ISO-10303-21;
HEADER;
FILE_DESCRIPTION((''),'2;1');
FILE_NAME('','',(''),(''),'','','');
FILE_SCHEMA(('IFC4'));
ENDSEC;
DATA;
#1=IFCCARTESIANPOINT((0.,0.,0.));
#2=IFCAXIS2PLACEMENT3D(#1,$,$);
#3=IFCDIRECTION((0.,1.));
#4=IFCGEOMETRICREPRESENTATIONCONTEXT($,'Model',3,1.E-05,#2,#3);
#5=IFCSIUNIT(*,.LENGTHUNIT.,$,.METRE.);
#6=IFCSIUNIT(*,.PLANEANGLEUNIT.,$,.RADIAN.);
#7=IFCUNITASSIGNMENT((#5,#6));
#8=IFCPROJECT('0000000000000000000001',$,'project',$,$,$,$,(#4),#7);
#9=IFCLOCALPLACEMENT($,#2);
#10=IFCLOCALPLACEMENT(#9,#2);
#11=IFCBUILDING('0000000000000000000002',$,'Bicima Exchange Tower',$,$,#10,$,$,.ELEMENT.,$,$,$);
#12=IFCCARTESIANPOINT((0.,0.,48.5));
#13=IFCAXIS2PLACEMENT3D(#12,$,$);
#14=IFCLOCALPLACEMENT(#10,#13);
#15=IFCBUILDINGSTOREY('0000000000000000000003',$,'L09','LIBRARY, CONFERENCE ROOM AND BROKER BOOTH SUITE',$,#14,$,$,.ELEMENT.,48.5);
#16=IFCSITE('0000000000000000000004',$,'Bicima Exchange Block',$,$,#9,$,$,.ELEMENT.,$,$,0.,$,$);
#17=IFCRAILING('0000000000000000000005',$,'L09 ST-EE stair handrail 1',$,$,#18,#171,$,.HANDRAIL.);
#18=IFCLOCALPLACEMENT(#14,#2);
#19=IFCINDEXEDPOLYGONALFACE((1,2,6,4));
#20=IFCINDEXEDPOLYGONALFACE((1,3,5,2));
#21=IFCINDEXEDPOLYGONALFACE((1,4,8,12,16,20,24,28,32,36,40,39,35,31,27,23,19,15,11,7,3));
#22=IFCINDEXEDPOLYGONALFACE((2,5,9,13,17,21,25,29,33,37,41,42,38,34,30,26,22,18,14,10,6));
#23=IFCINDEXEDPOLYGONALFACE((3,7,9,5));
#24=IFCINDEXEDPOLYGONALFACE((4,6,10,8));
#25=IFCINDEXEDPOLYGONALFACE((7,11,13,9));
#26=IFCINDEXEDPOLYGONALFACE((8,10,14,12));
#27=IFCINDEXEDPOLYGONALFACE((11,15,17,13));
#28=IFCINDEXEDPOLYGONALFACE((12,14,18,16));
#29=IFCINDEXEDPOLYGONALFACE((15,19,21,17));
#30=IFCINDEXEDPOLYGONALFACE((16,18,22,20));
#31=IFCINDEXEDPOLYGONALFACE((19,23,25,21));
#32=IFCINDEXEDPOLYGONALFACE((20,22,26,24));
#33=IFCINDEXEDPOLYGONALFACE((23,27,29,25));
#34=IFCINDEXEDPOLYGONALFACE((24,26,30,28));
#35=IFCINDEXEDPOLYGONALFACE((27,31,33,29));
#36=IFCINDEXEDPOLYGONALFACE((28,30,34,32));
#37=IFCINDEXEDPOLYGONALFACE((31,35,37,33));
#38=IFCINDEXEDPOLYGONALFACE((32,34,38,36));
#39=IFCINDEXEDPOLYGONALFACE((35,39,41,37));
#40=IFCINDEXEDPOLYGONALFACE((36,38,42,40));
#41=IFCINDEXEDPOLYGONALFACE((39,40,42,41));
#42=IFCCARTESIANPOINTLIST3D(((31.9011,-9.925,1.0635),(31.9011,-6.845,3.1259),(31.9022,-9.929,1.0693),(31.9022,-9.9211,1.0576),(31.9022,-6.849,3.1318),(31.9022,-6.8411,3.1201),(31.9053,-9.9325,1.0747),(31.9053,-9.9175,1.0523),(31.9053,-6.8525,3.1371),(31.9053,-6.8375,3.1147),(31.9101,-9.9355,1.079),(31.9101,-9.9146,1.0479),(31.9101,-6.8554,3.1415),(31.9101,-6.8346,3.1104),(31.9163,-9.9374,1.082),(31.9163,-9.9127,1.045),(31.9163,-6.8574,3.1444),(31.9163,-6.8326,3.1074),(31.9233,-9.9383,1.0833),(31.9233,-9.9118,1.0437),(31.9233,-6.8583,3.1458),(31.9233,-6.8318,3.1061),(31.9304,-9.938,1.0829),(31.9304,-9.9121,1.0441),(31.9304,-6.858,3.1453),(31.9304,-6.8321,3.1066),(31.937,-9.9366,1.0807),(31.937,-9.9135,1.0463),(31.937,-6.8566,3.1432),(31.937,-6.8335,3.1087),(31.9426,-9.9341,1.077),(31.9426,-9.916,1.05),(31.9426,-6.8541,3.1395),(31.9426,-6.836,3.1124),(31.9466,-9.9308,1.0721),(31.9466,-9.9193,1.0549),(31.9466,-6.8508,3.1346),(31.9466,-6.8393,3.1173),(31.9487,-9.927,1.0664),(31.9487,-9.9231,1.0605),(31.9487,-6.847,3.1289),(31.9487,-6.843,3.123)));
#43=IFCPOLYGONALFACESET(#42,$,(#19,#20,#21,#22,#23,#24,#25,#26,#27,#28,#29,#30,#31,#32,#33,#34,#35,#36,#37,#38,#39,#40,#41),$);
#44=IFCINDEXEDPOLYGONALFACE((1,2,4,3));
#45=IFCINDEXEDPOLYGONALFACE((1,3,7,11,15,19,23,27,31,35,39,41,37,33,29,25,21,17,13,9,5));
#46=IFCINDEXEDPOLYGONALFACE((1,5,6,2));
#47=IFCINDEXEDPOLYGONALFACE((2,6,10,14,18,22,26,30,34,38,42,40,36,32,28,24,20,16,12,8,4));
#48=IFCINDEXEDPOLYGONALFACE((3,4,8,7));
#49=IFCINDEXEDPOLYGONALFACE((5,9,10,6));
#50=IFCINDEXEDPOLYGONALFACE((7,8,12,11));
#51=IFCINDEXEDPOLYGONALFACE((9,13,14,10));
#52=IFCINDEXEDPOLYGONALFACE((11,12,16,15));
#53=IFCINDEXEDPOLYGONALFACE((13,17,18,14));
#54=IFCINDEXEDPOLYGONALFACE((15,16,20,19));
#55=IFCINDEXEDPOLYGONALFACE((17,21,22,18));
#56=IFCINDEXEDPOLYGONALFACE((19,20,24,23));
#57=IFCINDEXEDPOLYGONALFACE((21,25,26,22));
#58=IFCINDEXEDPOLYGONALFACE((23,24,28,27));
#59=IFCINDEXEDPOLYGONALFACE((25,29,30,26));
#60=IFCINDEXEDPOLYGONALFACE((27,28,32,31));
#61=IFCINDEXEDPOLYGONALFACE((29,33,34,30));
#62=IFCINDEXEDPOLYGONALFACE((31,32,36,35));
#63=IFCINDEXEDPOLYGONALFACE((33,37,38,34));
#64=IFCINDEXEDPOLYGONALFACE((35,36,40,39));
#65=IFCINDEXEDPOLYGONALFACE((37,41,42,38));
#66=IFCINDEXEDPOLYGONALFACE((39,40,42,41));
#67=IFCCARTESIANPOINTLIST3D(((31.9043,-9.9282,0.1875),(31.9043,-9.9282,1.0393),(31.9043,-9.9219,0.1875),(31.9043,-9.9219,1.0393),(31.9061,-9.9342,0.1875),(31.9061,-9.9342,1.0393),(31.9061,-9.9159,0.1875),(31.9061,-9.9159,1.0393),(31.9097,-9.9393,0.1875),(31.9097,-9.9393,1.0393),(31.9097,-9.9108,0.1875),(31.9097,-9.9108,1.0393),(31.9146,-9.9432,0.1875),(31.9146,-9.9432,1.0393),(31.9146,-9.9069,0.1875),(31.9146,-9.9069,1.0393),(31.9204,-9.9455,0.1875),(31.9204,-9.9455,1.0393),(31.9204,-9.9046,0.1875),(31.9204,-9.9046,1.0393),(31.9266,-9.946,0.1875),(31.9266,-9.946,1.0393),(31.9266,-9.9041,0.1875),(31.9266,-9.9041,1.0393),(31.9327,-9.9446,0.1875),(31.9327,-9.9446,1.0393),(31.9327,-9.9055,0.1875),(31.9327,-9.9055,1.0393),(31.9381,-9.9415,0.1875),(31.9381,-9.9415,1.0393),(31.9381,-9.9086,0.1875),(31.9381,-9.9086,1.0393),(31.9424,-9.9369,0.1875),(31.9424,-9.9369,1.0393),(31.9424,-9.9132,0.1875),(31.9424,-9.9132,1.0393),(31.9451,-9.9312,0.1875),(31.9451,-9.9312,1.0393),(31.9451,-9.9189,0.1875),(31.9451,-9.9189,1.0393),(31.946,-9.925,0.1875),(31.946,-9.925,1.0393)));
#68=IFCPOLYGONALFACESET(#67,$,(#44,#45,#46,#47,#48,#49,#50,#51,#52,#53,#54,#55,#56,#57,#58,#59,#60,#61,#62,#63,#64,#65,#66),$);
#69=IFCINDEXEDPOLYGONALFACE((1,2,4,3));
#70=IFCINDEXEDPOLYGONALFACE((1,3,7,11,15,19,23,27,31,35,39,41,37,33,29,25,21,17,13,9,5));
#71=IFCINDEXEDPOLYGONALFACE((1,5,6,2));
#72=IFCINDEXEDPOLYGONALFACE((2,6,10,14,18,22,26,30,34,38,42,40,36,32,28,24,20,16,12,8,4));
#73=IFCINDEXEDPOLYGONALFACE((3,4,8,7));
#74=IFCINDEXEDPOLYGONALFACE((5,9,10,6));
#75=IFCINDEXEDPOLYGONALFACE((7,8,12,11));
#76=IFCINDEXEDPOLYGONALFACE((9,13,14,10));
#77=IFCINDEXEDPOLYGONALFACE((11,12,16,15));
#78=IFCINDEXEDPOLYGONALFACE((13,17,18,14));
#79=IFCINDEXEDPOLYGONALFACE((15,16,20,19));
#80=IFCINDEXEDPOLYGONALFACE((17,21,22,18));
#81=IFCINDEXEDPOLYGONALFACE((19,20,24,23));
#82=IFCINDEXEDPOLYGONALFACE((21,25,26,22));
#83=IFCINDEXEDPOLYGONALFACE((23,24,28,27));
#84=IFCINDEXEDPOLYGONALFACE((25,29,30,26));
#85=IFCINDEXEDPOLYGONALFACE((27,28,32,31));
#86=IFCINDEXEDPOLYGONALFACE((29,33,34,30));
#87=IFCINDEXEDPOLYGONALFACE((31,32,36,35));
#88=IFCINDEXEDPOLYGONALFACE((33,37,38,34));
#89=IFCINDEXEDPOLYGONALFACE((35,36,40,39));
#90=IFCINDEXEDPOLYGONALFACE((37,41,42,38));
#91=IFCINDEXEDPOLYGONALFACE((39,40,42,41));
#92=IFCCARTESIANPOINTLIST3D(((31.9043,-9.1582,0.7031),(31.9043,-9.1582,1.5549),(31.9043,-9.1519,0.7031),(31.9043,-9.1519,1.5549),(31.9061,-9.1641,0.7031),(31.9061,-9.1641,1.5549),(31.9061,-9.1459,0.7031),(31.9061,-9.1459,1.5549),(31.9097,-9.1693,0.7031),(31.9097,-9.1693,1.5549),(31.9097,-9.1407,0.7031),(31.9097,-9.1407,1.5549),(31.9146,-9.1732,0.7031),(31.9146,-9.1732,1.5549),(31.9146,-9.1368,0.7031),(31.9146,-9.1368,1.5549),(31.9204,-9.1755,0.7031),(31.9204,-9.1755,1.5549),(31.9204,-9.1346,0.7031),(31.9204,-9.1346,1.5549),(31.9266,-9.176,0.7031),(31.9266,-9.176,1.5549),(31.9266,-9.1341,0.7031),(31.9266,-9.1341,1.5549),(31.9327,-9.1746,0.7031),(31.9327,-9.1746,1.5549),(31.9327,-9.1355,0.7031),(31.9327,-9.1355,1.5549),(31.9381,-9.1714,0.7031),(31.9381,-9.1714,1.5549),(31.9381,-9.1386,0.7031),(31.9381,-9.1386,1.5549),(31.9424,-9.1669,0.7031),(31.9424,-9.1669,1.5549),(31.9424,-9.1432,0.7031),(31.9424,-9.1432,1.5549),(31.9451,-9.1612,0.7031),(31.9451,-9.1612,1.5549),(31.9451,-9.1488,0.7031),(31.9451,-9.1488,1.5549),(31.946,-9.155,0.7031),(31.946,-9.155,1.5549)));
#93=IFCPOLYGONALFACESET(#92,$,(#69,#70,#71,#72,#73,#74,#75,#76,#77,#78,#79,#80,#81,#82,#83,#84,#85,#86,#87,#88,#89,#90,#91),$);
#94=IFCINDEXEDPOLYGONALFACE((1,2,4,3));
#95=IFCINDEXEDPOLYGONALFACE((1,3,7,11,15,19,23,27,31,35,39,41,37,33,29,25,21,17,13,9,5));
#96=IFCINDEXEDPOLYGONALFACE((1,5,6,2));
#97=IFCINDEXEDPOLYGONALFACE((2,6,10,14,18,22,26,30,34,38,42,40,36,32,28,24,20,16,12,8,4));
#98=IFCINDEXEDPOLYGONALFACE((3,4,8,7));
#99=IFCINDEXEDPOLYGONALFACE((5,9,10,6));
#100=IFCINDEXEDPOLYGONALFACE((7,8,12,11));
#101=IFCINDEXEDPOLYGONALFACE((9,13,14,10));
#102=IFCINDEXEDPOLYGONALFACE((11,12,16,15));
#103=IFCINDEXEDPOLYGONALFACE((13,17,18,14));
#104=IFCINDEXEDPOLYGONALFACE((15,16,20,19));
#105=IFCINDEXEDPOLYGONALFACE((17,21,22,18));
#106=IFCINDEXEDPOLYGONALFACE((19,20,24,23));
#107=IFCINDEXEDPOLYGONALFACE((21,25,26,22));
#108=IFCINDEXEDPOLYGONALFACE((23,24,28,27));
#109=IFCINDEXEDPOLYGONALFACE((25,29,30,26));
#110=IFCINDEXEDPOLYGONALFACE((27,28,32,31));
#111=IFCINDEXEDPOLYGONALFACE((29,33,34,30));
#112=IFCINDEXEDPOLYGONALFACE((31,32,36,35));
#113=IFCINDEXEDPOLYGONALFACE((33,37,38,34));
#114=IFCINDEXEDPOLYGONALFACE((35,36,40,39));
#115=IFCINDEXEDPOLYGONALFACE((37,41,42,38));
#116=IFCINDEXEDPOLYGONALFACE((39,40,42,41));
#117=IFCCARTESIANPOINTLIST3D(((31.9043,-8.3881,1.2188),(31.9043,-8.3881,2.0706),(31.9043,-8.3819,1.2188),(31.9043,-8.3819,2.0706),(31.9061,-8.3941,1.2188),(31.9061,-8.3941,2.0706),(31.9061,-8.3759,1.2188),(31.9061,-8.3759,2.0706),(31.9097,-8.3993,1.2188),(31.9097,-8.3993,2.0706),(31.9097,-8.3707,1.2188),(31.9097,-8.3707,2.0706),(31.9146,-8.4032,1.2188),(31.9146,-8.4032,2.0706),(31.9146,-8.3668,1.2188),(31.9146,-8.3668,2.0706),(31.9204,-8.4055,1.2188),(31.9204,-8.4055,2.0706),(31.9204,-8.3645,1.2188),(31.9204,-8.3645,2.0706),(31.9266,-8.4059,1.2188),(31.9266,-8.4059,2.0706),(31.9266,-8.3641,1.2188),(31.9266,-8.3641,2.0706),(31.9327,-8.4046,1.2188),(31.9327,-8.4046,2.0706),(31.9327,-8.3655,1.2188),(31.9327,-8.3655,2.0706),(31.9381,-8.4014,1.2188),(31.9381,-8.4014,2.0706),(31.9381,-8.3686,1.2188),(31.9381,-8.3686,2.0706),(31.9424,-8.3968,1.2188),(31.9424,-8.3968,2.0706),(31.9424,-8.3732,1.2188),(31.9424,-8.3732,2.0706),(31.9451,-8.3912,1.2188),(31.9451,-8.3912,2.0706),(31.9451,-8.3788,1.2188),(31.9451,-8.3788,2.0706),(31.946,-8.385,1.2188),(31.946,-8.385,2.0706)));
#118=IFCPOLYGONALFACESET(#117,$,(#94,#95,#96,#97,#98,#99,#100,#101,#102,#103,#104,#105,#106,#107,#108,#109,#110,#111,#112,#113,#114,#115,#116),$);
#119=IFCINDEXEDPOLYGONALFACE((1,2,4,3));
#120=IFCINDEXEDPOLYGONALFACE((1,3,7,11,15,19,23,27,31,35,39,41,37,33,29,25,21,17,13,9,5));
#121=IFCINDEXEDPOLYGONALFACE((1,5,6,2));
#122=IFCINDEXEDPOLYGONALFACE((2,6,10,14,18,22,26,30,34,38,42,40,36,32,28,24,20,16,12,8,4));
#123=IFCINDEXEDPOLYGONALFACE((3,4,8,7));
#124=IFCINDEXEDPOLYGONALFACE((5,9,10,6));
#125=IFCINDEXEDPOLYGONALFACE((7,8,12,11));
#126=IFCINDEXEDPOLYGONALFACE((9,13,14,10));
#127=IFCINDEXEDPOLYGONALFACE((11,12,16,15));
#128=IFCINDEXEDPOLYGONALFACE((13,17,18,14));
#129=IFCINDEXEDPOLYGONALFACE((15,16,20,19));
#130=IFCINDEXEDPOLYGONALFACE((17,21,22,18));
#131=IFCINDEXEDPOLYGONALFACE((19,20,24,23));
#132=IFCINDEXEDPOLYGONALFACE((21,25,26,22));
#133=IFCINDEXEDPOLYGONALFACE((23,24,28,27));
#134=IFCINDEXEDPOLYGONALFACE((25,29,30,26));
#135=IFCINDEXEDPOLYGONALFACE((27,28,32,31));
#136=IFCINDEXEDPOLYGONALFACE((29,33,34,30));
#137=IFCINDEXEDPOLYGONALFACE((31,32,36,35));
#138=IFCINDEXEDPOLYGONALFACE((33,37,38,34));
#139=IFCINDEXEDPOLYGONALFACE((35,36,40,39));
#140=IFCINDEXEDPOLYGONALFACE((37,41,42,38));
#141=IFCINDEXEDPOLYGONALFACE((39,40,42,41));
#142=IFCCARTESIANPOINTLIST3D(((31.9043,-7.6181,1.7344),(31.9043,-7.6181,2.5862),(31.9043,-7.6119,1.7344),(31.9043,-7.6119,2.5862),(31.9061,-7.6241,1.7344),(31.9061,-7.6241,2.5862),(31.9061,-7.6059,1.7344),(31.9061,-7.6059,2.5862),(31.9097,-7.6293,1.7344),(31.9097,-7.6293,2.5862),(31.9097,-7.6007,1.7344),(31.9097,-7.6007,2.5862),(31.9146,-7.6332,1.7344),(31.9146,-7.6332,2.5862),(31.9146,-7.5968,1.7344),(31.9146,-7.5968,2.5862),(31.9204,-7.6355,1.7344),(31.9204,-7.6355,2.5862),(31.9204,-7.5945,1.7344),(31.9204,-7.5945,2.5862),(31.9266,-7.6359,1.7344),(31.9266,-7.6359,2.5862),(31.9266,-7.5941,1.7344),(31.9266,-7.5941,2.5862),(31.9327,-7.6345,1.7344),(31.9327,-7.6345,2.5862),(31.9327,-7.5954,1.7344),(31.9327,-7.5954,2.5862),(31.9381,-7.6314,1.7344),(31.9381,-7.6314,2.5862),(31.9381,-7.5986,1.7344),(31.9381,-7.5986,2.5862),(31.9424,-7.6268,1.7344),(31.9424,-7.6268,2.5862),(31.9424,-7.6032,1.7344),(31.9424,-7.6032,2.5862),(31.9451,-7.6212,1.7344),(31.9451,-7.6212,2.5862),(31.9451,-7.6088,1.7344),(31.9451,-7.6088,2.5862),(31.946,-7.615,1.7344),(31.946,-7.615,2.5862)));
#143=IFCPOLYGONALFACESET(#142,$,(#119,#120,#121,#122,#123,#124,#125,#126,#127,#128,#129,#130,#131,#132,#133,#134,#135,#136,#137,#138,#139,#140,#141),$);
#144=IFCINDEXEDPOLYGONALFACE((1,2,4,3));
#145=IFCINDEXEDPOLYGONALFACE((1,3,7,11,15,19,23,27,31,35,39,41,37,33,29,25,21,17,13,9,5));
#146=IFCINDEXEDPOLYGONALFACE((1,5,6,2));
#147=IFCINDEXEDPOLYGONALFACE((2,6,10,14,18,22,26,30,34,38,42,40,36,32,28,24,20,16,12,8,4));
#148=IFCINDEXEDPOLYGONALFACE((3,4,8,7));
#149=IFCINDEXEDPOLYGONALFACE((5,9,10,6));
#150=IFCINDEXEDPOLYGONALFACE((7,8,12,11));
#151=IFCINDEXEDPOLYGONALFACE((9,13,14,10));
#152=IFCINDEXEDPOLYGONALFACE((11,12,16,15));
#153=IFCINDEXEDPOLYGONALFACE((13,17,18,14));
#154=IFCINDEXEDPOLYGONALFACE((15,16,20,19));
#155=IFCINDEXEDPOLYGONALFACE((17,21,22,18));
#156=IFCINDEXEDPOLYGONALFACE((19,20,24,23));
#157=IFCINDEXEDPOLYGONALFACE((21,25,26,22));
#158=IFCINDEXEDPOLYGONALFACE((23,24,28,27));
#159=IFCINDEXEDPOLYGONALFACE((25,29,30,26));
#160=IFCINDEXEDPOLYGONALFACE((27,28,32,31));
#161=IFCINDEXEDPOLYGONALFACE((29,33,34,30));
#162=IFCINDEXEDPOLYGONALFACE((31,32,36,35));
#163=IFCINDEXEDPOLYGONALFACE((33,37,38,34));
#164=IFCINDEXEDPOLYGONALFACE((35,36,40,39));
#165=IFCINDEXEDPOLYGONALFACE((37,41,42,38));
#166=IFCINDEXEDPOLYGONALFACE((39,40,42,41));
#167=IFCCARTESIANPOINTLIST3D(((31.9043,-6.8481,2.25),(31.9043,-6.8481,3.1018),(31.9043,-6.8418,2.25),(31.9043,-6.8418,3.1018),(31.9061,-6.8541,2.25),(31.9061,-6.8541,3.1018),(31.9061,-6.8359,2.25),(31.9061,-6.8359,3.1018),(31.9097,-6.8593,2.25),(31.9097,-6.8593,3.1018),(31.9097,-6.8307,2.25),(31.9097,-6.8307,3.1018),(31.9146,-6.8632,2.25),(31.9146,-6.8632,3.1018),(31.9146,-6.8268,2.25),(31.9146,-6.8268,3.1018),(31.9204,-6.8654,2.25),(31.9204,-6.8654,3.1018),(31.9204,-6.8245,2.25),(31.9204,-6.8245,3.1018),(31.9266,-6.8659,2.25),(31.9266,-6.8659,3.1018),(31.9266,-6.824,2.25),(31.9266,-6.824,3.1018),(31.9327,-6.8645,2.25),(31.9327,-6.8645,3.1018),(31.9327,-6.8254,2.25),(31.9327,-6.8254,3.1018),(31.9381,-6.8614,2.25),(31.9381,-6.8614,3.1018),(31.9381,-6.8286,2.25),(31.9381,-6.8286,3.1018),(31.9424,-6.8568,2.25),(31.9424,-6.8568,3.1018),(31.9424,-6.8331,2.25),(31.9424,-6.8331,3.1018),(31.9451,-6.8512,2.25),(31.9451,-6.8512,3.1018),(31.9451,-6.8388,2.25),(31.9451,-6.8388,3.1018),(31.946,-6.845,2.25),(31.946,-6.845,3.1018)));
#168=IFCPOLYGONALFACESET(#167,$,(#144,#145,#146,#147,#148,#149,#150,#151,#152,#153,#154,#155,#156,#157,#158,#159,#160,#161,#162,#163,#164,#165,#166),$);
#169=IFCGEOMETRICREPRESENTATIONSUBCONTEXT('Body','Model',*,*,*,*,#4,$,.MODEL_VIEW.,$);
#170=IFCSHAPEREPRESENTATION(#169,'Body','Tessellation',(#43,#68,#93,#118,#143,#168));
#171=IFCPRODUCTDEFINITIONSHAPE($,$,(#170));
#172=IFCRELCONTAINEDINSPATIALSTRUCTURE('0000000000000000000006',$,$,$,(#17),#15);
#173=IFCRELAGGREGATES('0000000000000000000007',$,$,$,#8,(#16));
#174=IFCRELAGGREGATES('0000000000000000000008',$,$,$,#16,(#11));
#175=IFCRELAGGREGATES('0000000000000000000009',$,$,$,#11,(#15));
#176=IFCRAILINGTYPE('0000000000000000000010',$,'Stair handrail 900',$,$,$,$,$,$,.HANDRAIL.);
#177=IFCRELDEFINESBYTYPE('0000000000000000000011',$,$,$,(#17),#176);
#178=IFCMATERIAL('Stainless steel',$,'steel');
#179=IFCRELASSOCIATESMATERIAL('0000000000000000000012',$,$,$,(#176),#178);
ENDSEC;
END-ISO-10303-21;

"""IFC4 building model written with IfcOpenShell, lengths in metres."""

from ifc_helpers import new_model, si_unit, direction, frame, origin, origin_2d, place, context, subcontext, project, spatial, circle, extrude, material, type_object, element, save


model = new_model("IFC4")

# Units and contexts
model_context = context("Model", 3, precision=1e-05, world=origin(), true_north=direction((0.0, 1.0)))
body_context = subcontext(model_context, "Body", "Model", "MODEL_VIEW")
ifc_project = project(units=[si_unit("LENGTHUNIT", "METRE"), si_unit("PLANEANGLEUNIT", "RADIAN")], contexts=[model_context])

# Site, building, storey
site_placement = place(None, origin())
site = spatial("IfcSite", under=ifc_project, at=site_placement, Name="Bicima Exchange Block", CompositionType="ELEMENT", RefElevation=0.0)
building_placement = place(site_placement, origin())
building = spatial("IfcBuilding", under=site, at=building_placement, Name="Bicima Exchange Tower", CompositionType="ELEMENT")
storey_placement = place(building_placement, frame((0.0, 0.0, 48.5)))
storey = spatial("IfcBuildingStorey", under=building, at=storey_placement, Name="L09", Description="LIBRARY, CONFERENCE ROOM AND BROKER BOOTH SUITE", CompositionType="ELEMENT", Elevation=48.5)

# Railing
ifc_material_1 = material(Name="Stainless steel", Category="steel")
railing_type_1 = type_object("IfcRailingType", Name="Stair handrail 900", PredefinedType="HANDRAIL", material=ifc_material_1)
railing_1_placement = place(storey_placement, frame((31.925, -9.925, 0.1875)))
element("IfcRailing", 1, at=railing_1_placement, inside=storey, type_object=railing_type_1, Name="L09 ST-EE stair handrail 1", PredefinedType="HANDRAIL", context=body_context, shape_type="SweptSolid", body=[
    extrude(circle(Radius=0.0239, at=origin_2d()), frame((0.0, 0.0, 0.876), z_axis=(0.0, 0.830914, 0.556401), x_axis=(-1.0, 0.0, 0.0)), (0.0, 0.0, 1.0), 3.7068),
    extrude(circle(Radius=0.021, at=origin_2d()), origin(), (0.0, 0.0, 1.0), 0.8518),
    extrude(circle(Radius=0.021, at=origin_2d()), frame((0.0, 0.77, 0.5156)), (0.0, 0.0, 1.0), 0.8518),
    extrude(circle(Radius=0.021, at=origin_2d()), frame((0.0, 1.54, 1.0312)), (0.0, 0.0, 1.0), 0.8518),
    extrude(circle(Radius=0.021, at=origin_2d()), frame((0.0, 2.3101, 1.5469)), (0.0, 0.0, 1.0), 0.8518),
    extrude(circle(Radius=0.021, at=origin_2d()), frame((0.0, 3.0801, 2.0625)), (0.0, 0.0, 1.0), 0.8518),
])

save(model, "model.ifc")
